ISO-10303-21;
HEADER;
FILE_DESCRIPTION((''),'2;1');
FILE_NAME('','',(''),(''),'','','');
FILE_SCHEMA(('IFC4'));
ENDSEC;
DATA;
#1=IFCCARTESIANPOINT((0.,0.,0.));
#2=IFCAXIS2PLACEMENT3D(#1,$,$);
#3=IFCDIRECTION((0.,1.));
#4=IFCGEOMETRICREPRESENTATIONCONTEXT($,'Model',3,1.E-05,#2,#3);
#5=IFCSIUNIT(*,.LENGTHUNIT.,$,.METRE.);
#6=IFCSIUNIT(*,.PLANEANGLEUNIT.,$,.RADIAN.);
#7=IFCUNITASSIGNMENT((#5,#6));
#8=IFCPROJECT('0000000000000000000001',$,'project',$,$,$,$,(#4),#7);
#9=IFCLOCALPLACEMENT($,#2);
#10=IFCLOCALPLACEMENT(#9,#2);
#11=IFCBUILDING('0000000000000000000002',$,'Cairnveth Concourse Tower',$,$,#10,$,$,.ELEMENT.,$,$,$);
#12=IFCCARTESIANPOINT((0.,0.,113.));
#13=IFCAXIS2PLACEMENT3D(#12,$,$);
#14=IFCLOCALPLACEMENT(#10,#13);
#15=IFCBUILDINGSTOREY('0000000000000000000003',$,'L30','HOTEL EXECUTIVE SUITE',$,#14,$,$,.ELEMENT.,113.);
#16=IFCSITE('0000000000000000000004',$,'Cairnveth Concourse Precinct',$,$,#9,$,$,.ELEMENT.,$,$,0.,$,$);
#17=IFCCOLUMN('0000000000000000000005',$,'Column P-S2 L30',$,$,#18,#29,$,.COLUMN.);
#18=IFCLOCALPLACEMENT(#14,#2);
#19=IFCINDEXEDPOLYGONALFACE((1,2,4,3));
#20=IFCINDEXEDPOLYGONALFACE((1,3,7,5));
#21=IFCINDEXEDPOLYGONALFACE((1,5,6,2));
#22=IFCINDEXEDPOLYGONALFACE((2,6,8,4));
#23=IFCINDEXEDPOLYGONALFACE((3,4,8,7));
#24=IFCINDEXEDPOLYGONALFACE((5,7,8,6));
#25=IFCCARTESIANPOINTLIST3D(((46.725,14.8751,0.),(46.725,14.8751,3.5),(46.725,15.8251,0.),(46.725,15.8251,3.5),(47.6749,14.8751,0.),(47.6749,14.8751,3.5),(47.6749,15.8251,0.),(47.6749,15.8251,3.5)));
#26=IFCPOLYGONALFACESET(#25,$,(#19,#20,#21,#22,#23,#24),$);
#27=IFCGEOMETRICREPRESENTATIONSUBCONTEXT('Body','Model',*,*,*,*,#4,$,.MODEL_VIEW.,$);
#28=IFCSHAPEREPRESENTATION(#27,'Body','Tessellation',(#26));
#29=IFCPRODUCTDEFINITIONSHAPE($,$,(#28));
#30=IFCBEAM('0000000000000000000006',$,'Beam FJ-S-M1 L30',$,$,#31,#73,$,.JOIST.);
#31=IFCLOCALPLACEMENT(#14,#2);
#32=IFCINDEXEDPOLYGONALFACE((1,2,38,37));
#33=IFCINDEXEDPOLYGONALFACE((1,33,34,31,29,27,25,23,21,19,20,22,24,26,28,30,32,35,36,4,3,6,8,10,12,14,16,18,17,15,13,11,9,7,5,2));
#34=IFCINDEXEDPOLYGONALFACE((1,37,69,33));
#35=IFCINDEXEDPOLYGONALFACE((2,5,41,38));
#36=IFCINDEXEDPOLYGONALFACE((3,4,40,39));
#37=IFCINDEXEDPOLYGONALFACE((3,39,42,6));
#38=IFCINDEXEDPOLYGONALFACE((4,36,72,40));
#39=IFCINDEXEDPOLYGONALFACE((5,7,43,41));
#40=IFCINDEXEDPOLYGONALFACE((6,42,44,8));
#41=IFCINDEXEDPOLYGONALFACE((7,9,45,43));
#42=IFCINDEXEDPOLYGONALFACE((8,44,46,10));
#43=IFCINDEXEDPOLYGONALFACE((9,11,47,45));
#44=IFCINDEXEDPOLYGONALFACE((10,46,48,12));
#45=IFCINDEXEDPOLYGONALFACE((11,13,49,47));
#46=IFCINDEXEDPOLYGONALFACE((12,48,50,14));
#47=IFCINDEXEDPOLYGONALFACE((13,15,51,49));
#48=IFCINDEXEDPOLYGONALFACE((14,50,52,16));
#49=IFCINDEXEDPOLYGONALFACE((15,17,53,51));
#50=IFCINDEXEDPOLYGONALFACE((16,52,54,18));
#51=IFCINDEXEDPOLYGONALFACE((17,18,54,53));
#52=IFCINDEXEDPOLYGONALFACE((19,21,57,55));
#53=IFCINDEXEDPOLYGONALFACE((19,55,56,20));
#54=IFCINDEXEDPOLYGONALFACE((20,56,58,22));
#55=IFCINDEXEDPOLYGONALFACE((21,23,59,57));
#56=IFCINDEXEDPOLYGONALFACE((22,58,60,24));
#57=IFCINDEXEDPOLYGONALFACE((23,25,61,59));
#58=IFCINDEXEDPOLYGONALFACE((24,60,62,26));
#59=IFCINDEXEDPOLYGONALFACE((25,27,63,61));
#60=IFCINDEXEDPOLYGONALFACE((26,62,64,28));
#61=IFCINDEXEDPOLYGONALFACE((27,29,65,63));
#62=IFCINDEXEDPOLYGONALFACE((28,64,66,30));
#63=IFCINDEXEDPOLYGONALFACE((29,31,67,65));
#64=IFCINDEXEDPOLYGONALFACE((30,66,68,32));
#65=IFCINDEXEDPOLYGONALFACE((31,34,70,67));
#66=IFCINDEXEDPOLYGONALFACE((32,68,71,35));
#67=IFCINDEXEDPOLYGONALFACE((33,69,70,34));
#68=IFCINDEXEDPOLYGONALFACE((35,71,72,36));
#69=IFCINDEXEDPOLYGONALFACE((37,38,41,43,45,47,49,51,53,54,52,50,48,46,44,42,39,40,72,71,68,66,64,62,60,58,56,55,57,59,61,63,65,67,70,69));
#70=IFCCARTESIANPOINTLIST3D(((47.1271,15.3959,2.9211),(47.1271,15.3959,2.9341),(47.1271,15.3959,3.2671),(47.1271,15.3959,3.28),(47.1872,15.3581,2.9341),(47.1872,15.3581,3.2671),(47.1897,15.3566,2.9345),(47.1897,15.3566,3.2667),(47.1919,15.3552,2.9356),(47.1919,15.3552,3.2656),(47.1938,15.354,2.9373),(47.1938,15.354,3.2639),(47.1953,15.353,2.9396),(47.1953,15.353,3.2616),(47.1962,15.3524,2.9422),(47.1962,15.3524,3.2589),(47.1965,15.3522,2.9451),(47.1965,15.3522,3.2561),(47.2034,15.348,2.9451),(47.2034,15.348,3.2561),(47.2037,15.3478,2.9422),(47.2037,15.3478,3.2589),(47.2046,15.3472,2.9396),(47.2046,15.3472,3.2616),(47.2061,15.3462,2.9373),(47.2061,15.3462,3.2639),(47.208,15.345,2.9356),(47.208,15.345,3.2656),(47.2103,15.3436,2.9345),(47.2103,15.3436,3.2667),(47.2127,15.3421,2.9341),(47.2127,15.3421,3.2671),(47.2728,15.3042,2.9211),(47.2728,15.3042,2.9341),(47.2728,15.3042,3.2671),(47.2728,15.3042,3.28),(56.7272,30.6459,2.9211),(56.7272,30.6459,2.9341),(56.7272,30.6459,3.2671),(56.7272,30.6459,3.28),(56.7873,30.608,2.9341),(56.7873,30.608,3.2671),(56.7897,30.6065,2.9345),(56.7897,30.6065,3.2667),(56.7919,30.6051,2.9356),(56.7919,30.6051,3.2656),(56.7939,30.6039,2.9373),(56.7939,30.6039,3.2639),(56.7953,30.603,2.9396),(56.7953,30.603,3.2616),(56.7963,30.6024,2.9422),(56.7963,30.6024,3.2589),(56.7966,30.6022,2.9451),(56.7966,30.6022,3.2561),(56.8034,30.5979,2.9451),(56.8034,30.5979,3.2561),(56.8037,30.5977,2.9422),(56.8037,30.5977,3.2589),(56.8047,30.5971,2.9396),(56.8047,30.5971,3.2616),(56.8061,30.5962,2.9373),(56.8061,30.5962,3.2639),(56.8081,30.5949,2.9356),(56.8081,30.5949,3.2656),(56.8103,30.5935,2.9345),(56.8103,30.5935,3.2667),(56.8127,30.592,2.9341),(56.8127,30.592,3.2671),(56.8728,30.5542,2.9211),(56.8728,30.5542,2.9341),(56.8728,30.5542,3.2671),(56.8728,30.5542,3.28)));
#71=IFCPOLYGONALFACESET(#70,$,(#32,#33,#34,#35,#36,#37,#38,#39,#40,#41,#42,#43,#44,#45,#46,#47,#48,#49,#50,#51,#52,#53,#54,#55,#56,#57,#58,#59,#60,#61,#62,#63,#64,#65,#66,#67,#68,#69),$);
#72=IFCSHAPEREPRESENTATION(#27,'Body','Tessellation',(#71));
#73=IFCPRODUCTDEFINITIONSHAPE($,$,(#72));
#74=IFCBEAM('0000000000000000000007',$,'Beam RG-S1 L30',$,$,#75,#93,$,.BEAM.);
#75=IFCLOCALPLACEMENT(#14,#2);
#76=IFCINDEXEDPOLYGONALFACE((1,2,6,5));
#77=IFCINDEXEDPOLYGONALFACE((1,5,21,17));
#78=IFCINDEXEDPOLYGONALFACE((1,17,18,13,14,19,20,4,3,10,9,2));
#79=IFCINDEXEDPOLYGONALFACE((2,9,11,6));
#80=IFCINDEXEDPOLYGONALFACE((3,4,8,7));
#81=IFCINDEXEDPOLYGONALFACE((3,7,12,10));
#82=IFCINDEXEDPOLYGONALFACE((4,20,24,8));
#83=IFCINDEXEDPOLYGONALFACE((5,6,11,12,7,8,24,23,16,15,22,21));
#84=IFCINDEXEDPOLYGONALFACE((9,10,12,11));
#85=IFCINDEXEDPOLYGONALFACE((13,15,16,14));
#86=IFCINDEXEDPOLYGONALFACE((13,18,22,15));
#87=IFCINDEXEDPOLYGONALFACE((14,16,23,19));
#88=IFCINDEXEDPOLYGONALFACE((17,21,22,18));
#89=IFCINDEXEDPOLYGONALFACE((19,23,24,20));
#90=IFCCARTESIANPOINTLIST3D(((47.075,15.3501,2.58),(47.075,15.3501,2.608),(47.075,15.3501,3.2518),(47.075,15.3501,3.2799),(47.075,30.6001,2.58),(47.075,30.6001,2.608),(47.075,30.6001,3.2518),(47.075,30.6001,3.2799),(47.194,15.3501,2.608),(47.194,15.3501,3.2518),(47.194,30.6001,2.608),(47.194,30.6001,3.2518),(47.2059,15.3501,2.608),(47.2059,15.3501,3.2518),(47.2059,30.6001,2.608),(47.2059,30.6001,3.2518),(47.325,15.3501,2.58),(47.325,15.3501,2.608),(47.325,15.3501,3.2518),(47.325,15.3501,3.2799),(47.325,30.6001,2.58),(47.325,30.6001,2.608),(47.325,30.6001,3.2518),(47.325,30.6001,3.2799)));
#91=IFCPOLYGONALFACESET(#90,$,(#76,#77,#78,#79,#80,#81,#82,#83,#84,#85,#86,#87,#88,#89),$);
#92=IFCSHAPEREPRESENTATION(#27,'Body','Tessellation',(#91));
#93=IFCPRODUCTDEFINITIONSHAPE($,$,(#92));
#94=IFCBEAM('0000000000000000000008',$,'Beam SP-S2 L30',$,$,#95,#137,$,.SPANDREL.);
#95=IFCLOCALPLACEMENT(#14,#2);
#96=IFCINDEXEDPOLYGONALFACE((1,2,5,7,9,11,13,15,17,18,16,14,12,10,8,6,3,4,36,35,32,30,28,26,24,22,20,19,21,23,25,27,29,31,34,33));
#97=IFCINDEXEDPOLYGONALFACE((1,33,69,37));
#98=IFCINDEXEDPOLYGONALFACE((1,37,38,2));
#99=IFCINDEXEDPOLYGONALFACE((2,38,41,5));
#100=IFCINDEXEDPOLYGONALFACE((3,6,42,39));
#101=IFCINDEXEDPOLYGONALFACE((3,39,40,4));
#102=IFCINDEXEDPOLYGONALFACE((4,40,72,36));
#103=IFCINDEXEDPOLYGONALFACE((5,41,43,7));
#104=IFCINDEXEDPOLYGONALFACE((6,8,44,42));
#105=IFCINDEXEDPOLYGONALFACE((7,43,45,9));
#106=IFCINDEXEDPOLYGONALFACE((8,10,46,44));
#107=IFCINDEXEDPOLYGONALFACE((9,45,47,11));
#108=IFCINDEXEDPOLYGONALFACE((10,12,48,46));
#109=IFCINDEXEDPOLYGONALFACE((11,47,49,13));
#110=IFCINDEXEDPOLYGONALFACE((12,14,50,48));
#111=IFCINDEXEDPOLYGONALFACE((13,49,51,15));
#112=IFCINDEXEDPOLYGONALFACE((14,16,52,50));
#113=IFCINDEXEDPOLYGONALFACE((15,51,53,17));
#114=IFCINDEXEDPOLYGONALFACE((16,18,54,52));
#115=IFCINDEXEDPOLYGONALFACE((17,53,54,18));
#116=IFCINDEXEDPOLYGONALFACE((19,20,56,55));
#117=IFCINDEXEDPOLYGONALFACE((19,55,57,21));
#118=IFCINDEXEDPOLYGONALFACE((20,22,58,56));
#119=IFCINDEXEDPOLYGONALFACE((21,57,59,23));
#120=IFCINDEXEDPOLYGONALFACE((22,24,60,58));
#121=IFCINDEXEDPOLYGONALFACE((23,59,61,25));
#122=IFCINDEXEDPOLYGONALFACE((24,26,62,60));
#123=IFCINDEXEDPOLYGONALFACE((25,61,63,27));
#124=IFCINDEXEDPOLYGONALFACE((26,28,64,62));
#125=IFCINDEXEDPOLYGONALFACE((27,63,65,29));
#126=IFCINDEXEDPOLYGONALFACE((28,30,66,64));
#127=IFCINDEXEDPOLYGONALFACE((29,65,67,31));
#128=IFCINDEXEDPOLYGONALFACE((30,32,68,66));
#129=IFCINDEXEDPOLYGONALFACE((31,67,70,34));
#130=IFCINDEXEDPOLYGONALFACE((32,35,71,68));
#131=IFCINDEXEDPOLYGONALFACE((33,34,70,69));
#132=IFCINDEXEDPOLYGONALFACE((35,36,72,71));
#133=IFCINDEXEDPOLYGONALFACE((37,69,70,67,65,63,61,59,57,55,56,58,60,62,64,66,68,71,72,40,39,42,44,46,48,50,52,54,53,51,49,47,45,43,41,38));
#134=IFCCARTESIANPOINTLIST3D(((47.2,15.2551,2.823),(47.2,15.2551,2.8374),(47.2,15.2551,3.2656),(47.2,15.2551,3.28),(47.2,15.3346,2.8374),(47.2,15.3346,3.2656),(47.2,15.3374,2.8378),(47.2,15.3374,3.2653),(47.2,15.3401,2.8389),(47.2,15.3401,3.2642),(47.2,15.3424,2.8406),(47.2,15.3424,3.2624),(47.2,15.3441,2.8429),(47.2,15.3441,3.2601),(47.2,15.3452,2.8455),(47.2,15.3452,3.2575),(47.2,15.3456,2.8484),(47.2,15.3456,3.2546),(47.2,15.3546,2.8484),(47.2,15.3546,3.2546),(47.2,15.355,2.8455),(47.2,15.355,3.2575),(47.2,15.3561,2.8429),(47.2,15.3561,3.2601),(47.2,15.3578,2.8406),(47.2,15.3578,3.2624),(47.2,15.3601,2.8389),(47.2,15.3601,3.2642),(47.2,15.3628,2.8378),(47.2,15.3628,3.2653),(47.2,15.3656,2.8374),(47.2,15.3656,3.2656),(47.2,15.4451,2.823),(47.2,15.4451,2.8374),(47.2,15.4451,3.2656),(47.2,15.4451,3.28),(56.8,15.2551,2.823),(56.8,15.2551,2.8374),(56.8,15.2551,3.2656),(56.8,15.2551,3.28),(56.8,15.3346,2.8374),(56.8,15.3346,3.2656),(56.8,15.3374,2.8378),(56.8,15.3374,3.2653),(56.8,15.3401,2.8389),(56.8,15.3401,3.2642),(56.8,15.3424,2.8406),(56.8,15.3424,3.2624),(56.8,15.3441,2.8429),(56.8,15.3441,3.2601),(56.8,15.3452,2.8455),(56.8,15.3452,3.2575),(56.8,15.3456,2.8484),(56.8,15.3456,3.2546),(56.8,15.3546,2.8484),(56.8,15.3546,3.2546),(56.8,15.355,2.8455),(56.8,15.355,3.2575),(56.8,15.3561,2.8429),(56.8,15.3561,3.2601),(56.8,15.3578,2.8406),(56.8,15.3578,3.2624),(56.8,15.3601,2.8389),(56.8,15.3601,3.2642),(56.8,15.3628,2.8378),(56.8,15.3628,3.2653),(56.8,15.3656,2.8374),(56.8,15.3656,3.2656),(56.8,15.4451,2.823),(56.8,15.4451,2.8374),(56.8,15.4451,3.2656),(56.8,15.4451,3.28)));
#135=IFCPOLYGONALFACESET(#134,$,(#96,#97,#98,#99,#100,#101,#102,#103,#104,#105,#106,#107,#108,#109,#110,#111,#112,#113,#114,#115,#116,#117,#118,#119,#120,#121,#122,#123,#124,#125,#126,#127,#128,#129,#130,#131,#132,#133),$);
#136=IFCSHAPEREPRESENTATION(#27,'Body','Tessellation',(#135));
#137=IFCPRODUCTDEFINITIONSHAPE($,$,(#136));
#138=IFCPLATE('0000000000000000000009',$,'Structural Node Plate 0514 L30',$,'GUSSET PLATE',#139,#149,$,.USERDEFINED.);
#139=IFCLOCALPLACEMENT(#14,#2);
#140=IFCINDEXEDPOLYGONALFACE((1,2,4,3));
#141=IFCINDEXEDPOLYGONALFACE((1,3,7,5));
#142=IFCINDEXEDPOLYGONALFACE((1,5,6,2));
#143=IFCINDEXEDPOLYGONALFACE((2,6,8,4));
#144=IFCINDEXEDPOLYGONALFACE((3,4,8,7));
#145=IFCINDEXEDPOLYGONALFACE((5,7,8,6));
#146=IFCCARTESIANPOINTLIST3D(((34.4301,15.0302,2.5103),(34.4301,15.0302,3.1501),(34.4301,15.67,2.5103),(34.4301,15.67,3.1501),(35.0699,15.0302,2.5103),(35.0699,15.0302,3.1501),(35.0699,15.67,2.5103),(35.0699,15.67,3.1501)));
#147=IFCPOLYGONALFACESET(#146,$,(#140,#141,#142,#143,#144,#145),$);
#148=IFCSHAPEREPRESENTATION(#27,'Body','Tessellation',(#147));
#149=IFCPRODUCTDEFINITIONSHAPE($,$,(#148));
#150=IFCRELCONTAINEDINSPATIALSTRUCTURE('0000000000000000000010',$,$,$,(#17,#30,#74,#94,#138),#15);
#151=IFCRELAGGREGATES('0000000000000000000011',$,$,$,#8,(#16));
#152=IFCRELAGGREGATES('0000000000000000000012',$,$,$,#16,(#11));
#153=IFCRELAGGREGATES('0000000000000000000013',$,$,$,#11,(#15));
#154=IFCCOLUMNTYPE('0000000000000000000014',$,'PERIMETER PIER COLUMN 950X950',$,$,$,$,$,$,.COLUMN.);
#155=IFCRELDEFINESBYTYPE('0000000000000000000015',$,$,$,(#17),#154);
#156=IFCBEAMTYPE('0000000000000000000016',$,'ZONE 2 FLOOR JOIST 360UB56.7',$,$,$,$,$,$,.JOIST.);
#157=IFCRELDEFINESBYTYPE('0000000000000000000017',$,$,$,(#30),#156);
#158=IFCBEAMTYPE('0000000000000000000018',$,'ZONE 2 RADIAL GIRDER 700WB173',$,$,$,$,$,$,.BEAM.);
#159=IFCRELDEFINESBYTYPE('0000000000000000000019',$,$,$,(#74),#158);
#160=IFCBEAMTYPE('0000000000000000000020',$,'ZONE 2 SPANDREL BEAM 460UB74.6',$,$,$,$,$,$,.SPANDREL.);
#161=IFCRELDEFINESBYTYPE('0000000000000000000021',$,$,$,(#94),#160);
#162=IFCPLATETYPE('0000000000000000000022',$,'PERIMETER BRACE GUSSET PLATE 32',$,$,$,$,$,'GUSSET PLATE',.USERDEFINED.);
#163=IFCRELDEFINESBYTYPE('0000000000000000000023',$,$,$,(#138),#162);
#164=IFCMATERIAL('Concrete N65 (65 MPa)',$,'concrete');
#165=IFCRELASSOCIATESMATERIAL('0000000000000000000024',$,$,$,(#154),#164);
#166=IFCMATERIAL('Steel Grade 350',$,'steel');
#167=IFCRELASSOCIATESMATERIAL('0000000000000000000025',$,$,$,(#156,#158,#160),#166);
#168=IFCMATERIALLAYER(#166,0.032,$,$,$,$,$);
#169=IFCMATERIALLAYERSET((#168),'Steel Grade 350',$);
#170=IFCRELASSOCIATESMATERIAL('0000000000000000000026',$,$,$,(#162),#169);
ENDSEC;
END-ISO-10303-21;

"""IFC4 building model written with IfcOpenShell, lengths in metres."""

from ifc_helpers import new_model, si_unit, direction, frame, origin, origin_2d, place, context, subcontext, project, spatial, rectangle, i_section, extrude, material, layer, layer_set, material_profile, profile_set, type_object, element, save


model = new_model("IFC4")

# Units and contexts
model_context = context("Model", 3, precision=1e-05, world=origin(), true_north=direction((0.0, 1.0)))
body_context = subcontext(model_context, "Body", "Model", "MODEL_VIEW")
ifc_project = project(units=[si_unit("LENGTHUNIT", "METRE"), si_unit("PLANEANGLEUNIT", "RADIAN")], contexts=[model_context])

# Site, building, storey
site_placement = place(None, origin())
site = spatial("IfcSite", under=ifc_project, at=site_placement, Name="Cairnveth Concourse Precinct", CompositionType="ELEMENT", RefElevation=0.0)
building_placement = place(site_placement, origin())
building = spatial("IfcBuilding", under=site, at=building_placement, Name="Cairnveth Concourse Tower", CompositionType="ELEMENT")
storey_placement = place(building_placement, frame((0.0, 0.0, 113.0)))
storey = spatial("IfcBuildingStorey", under=building, at=storey_placement, Name="L30", Description="HOTEL EXECUTIVE SUITE", CompositionType="ELEMENT", Elevation=113.0)

# Column
ifc_material_1 = material(Name="Concrete N65 (65 MPa)", Category="concrete")
ifc_material_profile_1 = material_profile(ifc_material_1, rectangle(XDim=0.95, YDim=0.95, at=origin_2d()), Name="RC-COL-950x950")
ifc_profile_set_1 = profile_set([ifc_material_profile_1], Name="Concrete N65 (65 MPa)")
column_type = type_object("IfcColumnType", Name="PERIMETER PIER COLUMN 950X950", PredefinedType="COLUMN", material=ifc_profile_set_1)
column_placement = place(storey_placement, frame((47.2, 15.3501, 0.0), z_axis=(0.0, 0.0, 1.0), x_axis=(1.0, 0.0, 0.0)))
element("IfcColumn", 1, at=column_placement, inside=storey, type_object=column_type, Name="Column P-S2 L30", PredefinedType="COLUMN", context=body_context, shape_type="SweptSolid", body=[
    extrude(rectangle(XDim=0.95, YDim=0.95, at=origin_2d()), origin(), (0.0, 0.0, 1.0), 3.5),
])

# Beams
ifc_material_2 = material(Name="Steel Grade 350", Category="steel")
ifc_material_profile_2 = material_profile(ifc_material_2, i_section(OverallWidth=0.1721, OverallDepth=0.3589, WebThickness=0.0081, FlangeThickness=0.0129, FilletRadius=0.011, at=origin_2d()), Name="360UB56.7")
ifc_profile_set_2 = profile_set([ifc_material_profile_2], Name="Steel Grade 350")
beam_type_1 = type_object("IfcBeamType", Name="ZONE 2 FLOOR JOIST 360UB56.7", PredefinedType="JOIST", material=ifc_profile_set_2)
beam_1_placement = place(storey_placement, frame((47.2, 15.3501, 3.1006), z_axis=(0.532744, 0.846277, 0.0), x_axis=(-0.846277, 0.532744, 0.0)))
element("IfcBeam", 2, at=beam_1_placement, inside=storey, type_object=beam_type_1, Name="Beam FJ-S-M1 L30", PredefinedType="JOIST", context=body_context, shape_type="SweptSolid", body=[
    extrude(i_section(OverallWidth=0.1721, OverallDepth=0.3589, WebThickness=0.0081, FlangeThickness=0.0129, FilletRadius=0.011, at=origin_2d()), origin(), (0.0, 0.0, 1.0), 18.02),
])
ifc_material_profile_3 = material_profile(ifc_material_2, i_section(OverallWidth=0.25, OverallDepth=0.7, WebThickness=0.012, FlangeThickness=0.0281, at=origin_2d()), Name="700WB173")
ifc_profile_set_3 = profile_set([ifc_material_profile_3], Name="Steel Grade 350")
beam_type_2 = type_object("IfcBeamType", Name="ZONE 2 RADIAL GIRDER 700WB173", PredefinedType="BEAM", material=ifc_profile_set_3)
beam_2_placement = place(storey_placement, frame((47.2, 15.3501, 2.9299), z_axis=(0.0, 1.0, 0.0), x_axis=(-1.0, 0.0, 0.0)))
element("IfcBeam", 3, at=beam_2_placement, inside=storey, type_object=beam_type_2, Name="Beam RG-S1 L30", PredefinedType="BEAM", context=body_context, shape_type="SweptSolid", body=[
    extrude(i_section(OverallWidth=0.25, OverallDepth=0.7, WebThickness=0.012, FlangeThickness=0.0281, at=origin_2d()), origin(), (0.0, 0.0, 1.0), 15.25),
])
ifc_material_profile_4 = material_profile(ifc_material_2, i_section(OverallWidth=0.1899, OverallDepth=0.457, WebThickness=0.009, FlangeThickness=0.0144, FilletRadius=0.011, at=origin_2d()), Name="460UB74.6")
ifc_profile_set_4 = profile_set([ifc_material_profile_4], Name="Steel Grade 350")
beam_type_3 = type_object("IfcBeamType", Name="ZONE 2 SPANDREL BEAM 460UB74.6", PredefinedType="SPANDREL", material=ifc_profile_set_4)
beam_3_placement = place(storey_placement, frame((47.2, 15.3501, 3.0515), z_axis=(1.0, 0.0, 0.0), x_axis=(0.0, 1.0, 0.0)))
element("IfcBeam", 4, at=beam_3_placement, inside=storey, type_object=beam_type_3, Name="Beam SP-S2 L30", PredefinedType="SPANDREL", context=body_context, shape_type="SweptSolid", body=[
    extrude(i_section(OverallWidth=0.1899, OverallDepth=0.457, WebThickness=0.009, FlangeThickness=0.0144, FilletRadius=0.011, at=origin_2d()), origin(), (0.0, 0.0, 1.0), 9.6001),
])

# Plate
ifc_layer_1 = layer(ifc_material_2, 0.032)
ifc_layer_set_1 = layer_set([ifc_layer_1], Name="Steel Grade 350")
plate_type = type_object("IfcPlateType", Name="PERIMETER BRACE GUSSET PLATE 32", ElementType="GUSSET PLATE", PredefinedType="USERDEFINED", material=ifc_layer_set_1)
plate_placement = place(storey_placement, frame((34.75, 15.3501, 2.5103), z_axis=(0.0, 0.0, 1.0), x_axis=(1.0, 0.0, 0.0)))
element("IfcPlate", 5, at=plate_placement, inside=storey, type_object=plate_type, Name="Structural Node Plate 0514 L30", ObjectType="GUSSET PLATE", PredefinedType="USERDEFINED", context=body_context, shape_type="SweptSolid", body=[
    extrude(rectangle(XDim=0.6399, YDim=0.6399, at=origin_2d()), origin(), (0.0, 0.0, 1.0), 0.6399),
])

save(model, "model.ifc")
